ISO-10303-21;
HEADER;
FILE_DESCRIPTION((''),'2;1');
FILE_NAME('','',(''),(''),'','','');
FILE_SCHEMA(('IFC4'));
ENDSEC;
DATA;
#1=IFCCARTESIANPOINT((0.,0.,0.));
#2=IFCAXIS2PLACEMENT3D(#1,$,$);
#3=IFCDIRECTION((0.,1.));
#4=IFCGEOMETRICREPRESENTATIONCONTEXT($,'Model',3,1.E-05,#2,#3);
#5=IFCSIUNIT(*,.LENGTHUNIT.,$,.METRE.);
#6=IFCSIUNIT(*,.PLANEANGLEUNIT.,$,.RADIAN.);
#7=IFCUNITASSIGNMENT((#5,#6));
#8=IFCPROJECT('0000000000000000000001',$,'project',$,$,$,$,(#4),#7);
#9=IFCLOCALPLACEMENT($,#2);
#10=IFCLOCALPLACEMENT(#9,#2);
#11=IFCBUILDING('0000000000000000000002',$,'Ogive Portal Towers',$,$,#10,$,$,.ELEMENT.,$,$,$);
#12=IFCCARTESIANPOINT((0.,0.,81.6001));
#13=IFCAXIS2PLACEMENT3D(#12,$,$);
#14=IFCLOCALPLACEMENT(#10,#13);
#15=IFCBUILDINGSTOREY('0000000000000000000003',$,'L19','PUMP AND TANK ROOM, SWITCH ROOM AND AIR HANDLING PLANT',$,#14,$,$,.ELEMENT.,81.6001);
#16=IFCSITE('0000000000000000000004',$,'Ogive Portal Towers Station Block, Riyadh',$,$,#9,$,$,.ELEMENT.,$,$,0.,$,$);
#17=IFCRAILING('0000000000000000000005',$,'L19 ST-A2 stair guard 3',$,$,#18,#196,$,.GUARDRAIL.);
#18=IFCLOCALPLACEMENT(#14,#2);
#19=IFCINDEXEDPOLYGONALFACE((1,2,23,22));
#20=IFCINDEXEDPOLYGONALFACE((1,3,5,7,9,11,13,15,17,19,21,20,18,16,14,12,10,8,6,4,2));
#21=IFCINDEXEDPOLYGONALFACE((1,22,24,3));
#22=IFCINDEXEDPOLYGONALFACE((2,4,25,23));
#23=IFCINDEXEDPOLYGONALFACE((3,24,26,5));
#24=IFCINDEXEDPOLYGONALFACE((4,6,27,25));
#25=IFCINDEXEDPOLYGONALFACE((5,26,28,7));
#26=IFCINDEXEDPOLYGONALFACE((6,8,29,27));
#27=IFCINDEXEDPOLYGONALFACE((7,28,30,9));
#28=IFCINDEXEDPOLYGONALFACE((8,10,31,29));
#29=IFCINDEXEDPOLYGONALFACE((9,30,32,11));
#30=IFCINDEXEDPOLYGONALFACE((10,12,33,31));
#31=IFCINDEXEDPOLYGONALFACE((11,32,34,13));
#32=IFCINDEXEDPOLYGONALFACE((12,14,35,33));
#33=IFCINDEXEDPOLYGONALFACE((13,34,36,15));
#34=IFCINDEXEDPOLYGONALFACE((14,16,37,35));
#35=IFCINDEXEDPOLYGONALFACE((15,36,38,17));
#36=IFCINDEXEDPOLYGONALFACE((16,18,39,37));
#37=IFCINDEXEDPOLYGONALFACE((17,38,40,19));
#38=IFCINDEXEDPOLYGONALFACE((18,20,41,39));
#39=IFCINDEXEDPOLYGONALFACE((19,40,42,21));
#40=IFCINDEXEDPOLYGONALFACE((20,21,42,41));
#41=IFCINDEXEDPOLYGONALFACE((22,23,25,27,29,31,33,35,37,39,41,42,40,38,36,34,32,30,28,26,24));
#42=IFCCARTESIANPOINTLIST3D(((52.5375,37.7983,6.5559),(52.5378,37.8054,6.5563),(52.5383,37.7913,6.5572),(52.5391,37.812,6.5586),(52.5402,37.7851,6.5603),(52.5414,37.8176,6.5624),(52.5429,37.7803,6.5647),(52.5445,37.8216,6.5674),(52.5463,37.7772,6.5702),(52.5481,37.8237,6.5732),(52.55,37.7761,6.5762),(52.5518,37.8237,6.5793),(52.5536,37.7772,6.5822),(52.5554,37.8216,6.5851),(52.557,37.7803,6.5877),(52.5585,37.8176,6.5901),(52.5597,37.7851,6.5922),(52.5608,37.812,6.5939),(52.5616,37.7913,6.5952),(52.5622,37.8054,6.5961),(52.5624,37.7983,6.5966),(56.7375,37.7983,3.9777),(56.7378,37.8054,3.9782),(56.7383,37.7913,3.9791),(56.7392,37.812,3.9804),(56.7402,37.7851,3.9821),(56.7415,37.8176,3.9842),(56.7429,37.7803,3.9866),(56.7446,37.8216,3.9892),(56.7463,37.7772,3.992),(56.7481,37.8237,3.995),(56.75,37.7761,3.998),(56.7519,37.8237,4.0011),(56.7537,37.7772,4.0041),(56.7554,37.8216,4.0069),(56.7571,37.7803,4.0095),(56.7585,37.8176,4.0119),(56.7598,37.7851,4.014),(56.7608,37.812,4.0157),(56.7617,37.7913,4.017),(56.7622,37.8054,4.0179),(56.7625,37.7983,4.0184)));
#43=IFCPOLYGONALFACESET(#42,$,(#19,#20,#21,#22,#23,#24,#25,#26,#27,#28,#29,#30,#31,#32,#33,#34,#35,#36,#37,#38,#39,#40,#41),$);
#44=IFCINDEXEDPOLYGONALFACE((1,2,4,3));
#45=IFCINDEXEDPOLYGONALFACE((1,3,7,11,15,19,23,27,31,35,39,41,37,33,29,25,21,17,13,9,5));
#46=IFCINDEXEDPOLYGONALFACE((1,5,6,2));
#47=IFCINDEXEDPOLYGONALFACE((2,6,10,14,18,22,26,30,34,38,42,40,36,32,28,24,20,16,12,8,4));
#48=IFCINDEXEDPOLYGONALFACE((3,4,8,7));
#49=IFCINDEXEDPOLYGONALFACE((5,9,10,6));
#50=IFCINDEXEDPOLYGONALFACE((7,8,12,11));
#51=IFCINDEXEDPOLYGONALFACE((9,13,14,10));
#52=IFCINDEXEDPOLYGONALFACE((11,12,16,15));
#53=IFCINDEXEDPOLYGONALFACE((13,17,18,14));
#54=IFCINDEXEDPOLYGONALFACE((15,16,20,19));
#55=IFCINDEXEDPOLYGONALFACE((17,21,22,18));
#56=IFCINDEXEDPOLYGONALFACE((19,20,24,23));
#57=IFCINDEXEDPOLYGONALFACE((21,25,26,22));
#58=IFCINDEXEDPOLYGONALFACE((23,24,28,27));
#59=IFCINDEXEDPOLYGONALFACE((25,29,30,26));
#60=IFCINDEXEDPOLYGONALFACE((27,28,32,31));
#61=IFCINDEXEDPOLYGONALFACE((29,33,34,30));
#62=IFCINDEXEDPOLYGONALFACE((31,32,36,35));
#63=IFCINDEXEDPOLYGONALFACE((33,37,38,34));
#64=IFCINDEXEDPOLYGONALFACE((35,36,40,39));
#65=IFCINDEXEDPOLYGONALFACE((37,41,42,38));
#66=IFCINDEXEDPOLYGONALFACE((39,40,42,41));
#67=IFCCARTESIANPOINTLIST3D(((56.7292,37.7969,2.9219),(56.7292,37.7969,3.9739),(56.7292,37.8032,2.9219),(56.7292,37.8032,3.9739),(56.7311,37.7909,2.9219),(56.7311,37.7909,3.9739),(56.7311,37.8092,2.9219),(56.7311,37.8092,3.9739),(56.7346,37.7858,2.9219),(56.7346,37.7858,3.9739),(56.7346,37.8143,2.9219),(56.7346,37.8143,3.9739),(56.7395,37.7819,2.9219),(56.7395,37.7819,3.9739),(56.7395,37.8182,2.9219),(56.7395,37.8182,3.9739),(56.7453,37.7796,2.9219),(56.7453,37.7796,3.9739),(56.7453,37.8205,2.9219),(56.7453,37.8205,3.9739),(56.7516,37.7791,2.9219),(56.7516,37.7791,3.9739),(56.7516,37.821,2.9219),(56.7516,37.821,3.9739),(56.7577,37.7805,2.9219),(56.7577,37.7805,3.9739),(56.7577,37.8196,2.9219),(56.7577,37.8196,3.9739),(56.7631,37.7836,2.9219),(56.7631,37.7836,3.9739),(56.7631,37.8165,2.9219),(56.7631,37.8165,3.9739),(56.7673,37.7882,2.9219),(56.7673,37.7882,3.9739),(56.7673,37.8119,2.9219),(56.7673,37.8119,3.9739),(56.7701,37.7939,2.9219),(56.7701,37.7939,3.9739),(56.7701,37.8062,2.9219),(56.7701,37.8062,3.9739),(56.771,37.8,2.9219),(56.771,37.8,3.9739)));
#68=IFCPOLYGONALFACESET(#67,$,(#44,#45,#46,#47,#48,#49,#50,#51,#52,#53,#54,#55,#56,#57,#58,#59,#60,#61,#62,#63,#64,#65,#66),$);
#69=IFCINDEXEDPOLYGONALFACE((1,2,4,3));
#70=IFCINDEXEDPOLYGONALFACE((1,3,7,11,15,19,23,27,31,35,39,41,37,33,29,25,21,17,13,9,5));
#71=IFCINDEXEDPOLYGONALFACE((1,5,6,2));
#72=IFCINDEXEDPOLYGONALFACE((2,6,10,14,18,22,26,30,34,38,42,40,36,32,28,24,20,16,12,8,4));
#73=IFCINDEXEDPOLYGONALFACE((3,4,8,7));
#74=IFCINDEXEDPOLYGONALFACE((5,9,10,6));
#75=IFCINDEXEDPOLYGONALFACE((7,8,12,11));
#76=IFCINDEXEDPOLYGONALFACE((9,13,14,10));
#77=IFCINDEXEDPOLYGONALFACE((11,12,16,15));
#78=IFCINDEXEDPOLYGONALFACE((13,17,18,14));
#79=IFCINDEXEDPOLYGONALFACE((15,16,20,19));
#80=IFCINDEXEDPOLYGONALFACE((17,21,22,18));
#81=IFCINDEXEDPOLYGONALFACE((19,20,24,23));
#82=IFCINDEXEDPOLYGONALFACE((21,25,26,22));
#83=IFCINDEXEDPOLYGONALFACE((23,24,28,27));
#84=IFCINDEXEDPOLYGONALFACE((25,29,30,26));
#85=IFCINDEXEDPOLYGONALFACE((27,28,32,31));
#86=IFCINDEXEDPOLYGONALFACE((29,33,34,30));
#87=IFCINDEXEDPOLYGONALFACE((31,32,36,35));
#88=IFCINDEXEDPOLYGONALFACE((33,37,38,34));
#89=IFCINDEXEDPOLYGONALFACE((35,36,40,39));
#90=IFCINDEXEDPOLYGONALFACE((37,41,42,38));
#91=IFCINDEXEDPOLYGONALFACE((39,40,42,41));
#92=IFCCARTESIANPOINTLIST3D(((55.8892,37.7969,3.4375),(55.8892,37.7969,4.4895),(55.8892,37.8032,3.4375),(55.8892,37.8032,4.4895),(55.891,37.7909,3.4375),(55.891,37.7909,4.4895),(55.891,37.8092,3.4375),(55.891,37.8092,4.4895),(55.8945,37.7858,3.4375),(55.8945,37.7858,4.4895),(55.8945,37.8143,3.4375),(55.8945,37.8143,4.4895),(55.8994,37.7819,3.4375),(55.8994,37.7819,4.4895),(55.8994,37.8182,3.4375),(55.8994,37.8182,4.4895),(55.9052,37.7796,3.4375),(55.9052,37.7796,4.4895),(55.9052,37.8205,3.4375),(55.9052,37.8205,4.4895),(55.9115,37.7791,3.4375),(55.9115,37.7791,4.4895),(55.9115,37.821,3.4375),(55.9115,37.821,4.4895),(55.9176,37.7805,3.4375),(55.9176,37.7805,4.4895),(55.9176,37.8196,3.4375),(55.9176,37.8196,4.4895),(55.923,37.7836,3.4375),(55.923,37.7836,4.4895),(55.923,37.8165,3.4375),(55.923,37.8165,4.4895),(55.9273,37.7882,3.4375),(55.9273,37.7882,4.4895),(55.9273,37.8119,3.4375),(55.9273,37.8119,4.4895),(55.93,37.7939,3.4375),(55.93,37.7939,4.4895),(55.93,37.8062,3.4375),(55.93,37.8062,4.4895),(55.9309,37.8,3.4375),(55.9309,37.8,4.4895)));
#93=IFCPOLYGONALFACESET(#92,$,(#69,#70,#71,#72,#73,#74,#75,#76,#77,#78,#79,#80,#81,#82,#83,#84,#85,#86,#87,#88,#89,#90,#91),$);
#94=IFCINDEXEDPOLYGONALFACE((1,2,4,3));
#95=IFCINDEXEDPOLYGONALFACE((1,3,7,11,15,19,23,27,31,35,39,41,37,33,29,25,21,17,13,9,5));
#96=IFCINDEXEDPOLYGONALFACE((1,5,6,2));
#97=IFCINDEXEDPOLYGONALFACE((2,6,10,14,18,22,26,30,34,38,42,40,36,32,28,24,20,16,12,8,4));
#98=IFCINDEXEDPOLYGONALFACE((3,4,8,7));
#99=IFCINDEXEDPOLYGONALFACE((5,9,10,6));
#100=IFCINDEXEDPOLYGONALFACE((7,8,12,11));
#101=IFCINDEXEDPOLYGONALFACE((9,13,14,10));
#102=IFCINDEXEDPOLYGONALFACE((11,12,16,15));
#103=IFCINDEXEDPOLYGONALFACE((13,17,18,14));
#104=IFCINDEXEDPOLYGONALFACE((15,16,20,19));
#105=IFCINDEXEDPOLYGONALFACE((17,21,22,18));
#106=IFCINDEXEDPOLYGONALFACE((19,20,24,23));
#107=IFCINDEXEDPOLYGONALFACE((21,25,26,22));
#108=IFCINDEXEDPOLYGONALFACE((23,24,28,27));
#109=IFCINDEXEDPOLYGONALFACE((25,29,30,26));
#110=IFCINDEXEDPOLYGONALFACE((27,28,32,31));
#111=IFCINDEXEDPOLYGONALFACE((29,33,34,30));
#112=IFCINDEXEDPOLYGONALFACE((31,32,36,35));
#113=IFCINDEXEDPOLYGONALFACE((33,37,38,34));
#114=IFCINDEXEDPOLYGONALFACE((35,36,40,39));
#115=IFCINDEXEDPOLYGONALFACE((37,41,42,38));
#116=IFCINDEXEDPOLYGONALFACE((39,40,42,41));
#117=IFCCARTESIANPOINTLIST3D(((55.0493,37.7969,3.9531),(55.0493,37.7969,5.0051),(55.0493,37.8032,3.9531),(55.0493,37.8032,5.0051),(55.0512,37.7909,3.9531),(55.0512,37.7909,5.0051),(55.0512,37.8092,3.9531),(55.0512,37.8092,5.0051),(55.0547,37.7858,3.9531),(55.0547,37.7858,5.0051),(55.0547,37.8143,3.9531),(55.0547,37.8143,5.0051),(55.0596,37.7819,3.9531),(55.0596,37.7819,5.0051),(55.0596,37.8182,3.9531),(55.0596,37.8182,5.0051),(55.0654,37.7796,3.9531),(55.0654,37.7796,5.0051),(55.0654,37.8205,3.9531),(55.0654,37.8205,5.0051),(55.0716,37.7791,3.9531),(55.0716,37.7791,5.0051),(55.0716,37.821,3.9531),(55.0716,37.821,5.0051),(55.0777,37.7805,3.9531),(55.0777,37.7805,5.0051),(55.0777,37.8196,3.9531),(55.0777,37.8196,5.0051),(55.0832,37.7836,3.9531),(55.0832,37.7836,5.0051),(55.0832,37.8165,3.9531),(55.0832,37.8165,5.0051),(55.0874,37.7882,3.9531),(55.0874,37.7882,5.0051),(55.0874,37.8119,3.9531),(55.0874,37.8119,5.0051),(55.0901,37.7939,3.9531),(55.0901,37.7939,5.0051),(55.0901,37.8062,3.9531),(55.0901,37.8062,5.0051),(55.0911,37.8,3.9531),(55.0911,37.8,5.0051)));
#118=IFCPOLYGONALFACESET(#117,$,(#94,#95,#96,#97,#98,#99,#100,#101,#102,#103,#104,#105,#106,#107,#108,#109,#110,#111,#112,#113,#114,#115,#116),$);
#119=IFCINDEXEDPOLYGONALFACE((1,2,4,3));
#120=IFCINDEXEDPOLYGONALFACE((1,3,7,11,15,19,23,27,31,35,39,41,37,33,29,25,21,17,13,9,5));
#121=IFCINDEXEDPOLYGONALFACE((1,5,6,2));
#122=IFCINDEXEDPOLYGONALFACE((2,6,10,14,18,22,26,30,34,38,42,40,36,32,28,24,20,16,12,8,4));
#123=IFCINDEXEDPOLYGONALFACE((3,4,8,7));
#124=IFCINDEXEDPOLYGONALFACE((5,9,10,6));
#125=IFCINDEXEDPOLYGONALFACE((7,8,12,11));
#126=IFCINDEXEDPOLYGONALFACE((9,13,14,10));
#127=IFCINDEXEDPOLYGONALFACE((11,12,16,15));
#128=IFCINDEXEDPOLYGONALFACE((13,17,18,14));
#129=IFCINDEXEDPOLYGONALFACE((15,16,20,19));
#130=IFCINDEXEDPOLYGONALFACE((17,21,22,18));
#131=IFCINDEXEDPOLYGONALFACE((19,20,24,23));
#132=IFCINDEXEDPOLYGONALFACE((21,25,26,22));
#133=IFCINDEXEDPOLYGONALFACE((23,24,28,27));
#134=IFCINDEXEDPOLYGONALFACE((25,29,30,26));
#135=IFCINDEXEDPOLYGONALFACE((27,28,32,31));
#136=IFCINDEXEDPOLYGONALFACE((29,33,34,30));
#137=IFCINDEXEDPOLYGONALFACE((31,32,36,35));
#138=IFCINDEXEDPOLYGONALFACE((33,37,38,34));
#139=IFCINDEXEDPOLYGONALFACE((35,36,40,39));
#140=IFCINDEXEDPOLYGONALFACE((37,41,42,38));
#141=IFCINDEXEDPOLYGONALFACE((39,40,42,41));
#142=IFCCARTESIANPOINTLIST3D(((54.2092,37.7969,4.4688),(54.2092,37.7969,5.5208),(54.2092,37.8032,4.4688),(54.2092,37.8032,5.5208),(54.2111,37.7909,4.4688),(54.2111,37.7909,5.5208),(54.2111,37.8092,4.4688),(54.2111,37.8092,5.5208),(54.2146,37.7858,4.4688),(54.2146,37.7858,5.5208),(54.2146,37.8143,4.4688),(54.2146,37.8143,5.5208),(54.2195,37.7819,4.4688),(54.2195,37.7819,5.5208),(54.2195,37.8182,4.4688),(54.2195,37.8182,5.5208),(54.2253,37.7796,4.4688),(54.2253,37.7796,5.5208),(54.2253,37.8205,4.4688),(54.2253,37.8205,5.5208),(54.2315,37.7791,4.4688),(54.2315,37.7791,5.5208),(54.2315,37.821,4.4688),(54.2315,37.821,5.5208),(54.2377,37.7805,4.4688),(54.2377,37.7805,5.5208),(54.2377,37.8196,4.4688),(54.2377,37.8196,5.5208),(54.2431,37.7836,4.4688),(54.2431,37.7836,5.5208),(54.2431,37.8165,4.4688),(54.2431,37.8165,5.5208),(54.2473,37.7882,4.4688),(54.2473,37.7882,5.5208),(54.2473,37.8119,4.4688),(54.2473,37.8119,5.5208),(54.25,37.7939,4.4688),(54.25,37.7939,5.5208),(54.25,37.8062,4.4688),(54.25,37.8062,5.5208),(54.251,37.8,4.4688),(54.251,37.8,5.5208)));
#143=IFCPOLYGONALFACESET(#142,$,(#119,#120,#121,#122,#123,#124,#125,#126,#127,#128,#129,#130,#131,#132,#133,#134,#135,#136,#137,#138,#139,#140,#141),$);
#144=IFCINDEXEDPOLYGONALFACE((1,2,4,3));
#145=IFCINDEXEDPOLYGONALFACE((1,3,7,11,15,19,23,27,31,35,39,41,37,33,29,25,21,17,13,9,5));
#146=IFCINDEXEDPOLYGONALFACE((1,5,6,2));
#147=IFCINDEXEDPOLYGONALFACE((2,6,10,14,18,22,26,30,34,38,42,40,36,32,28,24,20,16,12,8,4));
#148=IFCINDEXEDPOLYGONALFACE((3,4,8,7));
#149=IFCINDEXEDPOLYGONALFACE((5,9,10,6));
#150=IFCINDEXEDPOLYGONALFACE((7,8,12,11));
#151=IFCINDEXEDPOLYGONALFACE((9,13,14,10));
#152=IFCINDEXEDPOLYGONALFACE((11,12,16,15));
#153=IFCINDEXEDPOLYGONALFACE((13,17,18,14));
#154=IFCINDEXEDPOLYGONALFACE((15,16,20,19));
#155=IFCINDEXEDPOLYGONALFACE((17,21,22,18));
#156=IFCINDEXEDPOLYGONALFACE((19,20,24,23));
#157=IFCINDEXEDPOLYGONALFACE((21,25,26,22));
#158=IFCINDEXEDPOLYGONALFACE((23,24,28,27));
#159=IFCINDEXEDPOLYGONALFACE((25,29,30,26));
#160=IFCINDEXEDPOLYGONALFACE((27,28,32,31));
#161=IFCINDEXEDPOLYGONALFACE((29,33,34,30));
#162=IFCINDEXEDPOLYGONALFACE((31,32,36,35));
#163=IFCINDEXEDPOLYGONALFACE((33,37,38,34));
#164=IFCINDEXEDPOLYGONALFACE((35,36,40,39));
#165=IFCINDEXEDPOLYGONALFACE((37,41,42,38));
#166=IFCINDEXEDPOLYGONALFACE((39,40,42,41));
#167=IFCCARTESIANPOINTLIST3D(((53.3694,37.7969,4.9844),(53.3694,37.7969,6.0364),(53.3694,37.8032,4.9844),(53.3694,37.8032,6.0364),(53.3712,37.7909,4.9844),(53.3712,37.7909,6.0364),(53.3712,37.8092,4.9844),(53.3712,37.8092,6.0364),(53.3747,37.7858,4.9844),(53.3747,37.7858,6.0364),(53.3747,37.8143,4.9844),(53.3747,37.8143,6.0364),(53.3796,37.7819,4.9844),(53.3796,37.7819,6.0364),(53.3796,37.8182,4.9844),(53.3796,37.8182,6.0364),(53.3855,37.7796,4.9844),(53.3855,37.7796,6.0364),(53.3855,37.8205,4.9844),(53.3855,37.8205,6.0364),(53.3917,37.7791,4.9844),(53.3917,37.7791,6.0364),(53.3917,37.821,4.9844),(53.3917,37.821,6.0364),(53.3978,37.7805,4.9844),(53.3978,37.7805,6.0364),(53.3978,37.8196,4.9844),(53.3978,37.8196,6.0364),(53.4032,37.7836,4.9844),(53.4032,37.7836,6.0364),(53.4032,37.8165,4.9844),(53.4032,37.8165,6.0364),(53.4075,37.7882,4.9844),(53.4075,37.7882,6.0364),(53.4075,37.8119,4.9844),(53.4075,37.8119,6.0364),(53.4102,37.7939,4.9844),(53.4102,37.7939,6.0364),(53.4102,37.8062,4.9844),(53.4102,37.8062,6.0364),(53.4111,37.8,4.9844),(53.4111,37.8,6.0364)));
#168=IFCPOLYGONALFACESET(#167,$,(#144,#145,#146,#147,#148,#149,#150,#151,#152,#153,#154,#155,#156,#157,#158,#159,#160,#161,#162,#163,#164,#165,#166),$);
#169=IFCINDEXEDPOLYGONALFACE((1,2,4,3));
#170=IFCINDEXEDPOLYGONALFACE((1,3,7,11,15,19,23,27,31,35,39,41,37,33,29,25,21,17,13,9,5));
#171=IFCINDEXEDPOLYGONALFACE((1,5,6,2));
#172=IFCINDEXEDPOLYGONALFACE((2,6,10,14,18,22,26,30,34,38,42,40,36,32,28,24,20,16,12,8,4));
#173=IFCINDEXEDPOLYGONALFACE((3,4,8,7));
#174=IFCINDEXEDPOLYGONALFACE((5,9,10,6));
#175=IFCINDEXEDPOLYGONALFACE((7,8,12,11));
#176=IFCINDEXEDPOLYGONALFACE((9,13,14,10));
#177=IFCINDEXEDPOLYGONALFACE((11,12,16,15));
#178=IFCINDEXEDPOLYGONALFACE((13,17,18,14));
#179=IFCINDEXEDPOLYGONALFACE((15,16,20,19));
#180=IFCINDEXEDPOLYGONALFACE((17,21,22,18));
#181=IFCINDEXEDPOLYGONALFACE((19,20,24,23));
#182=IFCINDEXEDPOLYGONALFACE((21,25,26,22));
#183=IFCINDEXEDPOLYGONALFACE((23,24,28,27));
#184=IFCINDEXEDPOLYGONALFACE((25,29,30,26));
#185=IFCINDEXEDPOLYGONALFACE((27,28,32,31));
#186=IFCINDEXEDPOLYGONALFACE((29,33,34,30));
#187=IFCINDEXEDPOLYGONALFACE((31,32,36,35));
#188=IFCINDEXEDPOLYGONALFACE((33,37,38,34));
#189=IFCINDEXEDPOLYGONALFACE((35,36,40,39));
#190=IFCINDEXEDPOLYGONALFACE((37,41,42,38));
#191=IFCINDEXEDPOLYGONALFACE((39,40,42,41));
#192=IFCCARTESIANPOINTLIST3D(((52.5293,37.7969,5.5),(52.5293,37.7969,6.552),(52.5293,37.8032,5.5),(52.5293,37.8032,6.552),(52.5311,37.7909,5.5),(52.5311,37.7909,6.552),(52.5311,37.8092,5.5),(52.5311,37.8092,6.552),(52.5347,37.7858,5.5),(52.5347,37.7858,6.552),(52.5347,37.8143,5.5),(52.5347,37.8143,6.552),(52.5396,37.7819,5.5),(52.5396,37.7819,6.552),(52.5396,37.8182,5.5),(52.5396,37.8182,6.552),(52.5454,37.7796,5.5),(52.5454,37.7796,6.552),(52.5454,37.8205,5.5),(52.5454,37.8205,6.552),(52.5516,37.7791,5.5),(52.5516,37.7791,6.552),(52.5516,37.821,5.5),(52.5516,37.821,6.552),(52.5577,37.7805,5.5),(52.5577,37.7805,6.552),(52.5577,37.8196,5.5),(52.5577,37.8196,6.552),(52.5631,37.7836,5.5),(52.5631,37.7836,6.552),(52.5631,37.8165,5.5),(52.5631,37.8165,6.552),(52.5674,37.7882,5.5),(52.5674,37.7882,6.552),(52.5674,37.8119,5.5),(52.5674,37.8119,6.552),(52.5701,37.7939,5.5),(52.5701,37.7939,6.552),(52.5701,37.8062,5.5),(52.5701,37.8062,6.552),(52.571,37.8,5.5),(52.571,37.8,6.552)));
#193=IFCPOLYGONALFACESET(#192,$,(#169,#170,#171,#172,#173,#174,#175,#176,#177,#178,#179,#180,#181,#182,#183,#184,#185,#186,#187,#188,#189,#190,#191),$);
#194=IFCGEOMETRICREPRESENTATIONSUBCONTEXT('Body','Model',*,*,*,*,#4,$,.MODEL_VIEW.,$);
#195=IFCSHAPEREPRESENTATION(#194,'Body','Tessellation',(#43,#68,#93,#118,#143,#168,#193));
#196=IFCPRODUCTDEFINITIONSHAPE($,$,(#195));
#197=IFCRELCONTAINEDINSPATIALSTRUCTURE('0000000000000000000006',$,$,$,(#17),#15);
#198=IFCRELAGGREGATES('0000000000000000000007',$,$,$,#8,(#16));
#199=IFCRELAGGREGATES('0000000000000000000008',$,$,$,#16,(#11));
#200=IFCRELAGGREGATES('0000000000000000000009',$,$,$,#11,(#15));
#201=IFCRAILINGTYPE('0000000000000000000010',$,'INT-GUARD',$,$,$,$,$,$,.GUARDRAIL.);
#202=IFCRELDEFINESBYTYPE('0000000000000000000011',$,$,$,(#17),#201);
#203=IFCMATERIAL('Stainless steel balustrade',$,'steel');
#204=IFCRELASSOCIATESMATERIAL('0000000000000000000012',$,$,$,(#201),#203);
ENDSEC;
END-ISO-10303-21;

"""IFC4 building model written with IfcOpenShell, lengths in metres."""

from ifc_helpers import new_model, si_unit, direction, frame, origin, origin_2d, place, context, subcontext, project, spatial, circle, extrude, material, type_object, element, save


model = new_model("IFC4")

# Units and contexts
model_context = context("Model", 3, precision=1e-05, world=origin(), true_north=direction((0.0, 1.0)))
body_context = subcontext(model_context, "Body", "Model", "MODEL_VIEW")
ifc_project = project(units=[si_unit("LENGTHUNIT", "METRE"), si_unit("PLANEANGLEUNIT", "RADIAN")], contexts=[model_context])

# Site, building, storey
site_placement = place(None, origin())
site = spatial("IfcSite", under=ifc_project, at=site_placement, Name="Ogive Portal Towers Station Block, Riyadh", CompositionType="ELEMENT", RefElevation=0.0)
building_placement = place(site_placement, origin())
building = spatial("IfcBuilding", under=site, at=building_placement, Name="Ogive Portal Towers", CompositionType="ELEMENT")
storey_placement = place(building_placement, frame((0.0, 0.0, 81.6001)))
storey = spatial("IfcBuildingStorey", under=building, at=storey_placement, Name="L19", Description="PUMP AND TANK ROOM, SWITCH ROOM AND AIR HANDLING PLANT", CompositionType="ELEMENT", Elevation=81.6001)

# Railing
ifc_material_1 = material(Name="Stainless steel balustrade", Category="steel")
railing_type_1 = type_object("IfcRailingType", Name="INT-GUARD", PredefinedType="GUARDRAIL", material=ifc_material_1)
railing_1_placement = place(storey_placement, frame((56.75, 37.8, 2.9219)))
element("IfcRailing", 1, at=railing_1_placement, inside=storey, type_object=railing_type_1, Name="L19 ST-A2 stair guard 3", PredefinedType="GUARDRAIL", context=body_context, shape_type="SweptSolid", body=[
    extrude(circle(Radius=0.0239, at=origin_2d()), frame((0.0, 0.0, 1.0762), z_axis=(-0.852243, 0.0, 0.523146), x_axis=(0.0, -1.0, 0.0)), (0.0, 0.0, 1.0), 4.9282),
    extrude(circle(Radius=0.021, at=origin_2d()), origin(), (0.0, 0.0, 1.0), 1.052),
    extrude(circle(Radius=0.021, at=origin_2d()), frame((-0.8401, 0.0, 0.5156)), (0.0, 0.0, 1.0), 1.052),
    extrude(circle(Radius=0.021, at=origin_2d()), frame((-1.6799, 0.0, 1.0312)), (0.0, 0.0, 1.0), 1.052),
    extrude(circle(Radius=0.021, at=origin_2d()), frame((-2.52, 0.0, 1.5469)), (0.0, 0.0, 1.0), 1.052),
    extrude(circle(Radius=0.021, at=origin_2d()), frame((-3.3599, 0.0, 2.0625)), (0.0, 0.0, 1.0), 1.052),
    extrude(circle(Radius=0.021, at=origin_2d()), frame((-4.2, 0.0, 2.5781)), (0.0, 0.0, 1.0), 1.052),
])

save(model, "model.ifc")
